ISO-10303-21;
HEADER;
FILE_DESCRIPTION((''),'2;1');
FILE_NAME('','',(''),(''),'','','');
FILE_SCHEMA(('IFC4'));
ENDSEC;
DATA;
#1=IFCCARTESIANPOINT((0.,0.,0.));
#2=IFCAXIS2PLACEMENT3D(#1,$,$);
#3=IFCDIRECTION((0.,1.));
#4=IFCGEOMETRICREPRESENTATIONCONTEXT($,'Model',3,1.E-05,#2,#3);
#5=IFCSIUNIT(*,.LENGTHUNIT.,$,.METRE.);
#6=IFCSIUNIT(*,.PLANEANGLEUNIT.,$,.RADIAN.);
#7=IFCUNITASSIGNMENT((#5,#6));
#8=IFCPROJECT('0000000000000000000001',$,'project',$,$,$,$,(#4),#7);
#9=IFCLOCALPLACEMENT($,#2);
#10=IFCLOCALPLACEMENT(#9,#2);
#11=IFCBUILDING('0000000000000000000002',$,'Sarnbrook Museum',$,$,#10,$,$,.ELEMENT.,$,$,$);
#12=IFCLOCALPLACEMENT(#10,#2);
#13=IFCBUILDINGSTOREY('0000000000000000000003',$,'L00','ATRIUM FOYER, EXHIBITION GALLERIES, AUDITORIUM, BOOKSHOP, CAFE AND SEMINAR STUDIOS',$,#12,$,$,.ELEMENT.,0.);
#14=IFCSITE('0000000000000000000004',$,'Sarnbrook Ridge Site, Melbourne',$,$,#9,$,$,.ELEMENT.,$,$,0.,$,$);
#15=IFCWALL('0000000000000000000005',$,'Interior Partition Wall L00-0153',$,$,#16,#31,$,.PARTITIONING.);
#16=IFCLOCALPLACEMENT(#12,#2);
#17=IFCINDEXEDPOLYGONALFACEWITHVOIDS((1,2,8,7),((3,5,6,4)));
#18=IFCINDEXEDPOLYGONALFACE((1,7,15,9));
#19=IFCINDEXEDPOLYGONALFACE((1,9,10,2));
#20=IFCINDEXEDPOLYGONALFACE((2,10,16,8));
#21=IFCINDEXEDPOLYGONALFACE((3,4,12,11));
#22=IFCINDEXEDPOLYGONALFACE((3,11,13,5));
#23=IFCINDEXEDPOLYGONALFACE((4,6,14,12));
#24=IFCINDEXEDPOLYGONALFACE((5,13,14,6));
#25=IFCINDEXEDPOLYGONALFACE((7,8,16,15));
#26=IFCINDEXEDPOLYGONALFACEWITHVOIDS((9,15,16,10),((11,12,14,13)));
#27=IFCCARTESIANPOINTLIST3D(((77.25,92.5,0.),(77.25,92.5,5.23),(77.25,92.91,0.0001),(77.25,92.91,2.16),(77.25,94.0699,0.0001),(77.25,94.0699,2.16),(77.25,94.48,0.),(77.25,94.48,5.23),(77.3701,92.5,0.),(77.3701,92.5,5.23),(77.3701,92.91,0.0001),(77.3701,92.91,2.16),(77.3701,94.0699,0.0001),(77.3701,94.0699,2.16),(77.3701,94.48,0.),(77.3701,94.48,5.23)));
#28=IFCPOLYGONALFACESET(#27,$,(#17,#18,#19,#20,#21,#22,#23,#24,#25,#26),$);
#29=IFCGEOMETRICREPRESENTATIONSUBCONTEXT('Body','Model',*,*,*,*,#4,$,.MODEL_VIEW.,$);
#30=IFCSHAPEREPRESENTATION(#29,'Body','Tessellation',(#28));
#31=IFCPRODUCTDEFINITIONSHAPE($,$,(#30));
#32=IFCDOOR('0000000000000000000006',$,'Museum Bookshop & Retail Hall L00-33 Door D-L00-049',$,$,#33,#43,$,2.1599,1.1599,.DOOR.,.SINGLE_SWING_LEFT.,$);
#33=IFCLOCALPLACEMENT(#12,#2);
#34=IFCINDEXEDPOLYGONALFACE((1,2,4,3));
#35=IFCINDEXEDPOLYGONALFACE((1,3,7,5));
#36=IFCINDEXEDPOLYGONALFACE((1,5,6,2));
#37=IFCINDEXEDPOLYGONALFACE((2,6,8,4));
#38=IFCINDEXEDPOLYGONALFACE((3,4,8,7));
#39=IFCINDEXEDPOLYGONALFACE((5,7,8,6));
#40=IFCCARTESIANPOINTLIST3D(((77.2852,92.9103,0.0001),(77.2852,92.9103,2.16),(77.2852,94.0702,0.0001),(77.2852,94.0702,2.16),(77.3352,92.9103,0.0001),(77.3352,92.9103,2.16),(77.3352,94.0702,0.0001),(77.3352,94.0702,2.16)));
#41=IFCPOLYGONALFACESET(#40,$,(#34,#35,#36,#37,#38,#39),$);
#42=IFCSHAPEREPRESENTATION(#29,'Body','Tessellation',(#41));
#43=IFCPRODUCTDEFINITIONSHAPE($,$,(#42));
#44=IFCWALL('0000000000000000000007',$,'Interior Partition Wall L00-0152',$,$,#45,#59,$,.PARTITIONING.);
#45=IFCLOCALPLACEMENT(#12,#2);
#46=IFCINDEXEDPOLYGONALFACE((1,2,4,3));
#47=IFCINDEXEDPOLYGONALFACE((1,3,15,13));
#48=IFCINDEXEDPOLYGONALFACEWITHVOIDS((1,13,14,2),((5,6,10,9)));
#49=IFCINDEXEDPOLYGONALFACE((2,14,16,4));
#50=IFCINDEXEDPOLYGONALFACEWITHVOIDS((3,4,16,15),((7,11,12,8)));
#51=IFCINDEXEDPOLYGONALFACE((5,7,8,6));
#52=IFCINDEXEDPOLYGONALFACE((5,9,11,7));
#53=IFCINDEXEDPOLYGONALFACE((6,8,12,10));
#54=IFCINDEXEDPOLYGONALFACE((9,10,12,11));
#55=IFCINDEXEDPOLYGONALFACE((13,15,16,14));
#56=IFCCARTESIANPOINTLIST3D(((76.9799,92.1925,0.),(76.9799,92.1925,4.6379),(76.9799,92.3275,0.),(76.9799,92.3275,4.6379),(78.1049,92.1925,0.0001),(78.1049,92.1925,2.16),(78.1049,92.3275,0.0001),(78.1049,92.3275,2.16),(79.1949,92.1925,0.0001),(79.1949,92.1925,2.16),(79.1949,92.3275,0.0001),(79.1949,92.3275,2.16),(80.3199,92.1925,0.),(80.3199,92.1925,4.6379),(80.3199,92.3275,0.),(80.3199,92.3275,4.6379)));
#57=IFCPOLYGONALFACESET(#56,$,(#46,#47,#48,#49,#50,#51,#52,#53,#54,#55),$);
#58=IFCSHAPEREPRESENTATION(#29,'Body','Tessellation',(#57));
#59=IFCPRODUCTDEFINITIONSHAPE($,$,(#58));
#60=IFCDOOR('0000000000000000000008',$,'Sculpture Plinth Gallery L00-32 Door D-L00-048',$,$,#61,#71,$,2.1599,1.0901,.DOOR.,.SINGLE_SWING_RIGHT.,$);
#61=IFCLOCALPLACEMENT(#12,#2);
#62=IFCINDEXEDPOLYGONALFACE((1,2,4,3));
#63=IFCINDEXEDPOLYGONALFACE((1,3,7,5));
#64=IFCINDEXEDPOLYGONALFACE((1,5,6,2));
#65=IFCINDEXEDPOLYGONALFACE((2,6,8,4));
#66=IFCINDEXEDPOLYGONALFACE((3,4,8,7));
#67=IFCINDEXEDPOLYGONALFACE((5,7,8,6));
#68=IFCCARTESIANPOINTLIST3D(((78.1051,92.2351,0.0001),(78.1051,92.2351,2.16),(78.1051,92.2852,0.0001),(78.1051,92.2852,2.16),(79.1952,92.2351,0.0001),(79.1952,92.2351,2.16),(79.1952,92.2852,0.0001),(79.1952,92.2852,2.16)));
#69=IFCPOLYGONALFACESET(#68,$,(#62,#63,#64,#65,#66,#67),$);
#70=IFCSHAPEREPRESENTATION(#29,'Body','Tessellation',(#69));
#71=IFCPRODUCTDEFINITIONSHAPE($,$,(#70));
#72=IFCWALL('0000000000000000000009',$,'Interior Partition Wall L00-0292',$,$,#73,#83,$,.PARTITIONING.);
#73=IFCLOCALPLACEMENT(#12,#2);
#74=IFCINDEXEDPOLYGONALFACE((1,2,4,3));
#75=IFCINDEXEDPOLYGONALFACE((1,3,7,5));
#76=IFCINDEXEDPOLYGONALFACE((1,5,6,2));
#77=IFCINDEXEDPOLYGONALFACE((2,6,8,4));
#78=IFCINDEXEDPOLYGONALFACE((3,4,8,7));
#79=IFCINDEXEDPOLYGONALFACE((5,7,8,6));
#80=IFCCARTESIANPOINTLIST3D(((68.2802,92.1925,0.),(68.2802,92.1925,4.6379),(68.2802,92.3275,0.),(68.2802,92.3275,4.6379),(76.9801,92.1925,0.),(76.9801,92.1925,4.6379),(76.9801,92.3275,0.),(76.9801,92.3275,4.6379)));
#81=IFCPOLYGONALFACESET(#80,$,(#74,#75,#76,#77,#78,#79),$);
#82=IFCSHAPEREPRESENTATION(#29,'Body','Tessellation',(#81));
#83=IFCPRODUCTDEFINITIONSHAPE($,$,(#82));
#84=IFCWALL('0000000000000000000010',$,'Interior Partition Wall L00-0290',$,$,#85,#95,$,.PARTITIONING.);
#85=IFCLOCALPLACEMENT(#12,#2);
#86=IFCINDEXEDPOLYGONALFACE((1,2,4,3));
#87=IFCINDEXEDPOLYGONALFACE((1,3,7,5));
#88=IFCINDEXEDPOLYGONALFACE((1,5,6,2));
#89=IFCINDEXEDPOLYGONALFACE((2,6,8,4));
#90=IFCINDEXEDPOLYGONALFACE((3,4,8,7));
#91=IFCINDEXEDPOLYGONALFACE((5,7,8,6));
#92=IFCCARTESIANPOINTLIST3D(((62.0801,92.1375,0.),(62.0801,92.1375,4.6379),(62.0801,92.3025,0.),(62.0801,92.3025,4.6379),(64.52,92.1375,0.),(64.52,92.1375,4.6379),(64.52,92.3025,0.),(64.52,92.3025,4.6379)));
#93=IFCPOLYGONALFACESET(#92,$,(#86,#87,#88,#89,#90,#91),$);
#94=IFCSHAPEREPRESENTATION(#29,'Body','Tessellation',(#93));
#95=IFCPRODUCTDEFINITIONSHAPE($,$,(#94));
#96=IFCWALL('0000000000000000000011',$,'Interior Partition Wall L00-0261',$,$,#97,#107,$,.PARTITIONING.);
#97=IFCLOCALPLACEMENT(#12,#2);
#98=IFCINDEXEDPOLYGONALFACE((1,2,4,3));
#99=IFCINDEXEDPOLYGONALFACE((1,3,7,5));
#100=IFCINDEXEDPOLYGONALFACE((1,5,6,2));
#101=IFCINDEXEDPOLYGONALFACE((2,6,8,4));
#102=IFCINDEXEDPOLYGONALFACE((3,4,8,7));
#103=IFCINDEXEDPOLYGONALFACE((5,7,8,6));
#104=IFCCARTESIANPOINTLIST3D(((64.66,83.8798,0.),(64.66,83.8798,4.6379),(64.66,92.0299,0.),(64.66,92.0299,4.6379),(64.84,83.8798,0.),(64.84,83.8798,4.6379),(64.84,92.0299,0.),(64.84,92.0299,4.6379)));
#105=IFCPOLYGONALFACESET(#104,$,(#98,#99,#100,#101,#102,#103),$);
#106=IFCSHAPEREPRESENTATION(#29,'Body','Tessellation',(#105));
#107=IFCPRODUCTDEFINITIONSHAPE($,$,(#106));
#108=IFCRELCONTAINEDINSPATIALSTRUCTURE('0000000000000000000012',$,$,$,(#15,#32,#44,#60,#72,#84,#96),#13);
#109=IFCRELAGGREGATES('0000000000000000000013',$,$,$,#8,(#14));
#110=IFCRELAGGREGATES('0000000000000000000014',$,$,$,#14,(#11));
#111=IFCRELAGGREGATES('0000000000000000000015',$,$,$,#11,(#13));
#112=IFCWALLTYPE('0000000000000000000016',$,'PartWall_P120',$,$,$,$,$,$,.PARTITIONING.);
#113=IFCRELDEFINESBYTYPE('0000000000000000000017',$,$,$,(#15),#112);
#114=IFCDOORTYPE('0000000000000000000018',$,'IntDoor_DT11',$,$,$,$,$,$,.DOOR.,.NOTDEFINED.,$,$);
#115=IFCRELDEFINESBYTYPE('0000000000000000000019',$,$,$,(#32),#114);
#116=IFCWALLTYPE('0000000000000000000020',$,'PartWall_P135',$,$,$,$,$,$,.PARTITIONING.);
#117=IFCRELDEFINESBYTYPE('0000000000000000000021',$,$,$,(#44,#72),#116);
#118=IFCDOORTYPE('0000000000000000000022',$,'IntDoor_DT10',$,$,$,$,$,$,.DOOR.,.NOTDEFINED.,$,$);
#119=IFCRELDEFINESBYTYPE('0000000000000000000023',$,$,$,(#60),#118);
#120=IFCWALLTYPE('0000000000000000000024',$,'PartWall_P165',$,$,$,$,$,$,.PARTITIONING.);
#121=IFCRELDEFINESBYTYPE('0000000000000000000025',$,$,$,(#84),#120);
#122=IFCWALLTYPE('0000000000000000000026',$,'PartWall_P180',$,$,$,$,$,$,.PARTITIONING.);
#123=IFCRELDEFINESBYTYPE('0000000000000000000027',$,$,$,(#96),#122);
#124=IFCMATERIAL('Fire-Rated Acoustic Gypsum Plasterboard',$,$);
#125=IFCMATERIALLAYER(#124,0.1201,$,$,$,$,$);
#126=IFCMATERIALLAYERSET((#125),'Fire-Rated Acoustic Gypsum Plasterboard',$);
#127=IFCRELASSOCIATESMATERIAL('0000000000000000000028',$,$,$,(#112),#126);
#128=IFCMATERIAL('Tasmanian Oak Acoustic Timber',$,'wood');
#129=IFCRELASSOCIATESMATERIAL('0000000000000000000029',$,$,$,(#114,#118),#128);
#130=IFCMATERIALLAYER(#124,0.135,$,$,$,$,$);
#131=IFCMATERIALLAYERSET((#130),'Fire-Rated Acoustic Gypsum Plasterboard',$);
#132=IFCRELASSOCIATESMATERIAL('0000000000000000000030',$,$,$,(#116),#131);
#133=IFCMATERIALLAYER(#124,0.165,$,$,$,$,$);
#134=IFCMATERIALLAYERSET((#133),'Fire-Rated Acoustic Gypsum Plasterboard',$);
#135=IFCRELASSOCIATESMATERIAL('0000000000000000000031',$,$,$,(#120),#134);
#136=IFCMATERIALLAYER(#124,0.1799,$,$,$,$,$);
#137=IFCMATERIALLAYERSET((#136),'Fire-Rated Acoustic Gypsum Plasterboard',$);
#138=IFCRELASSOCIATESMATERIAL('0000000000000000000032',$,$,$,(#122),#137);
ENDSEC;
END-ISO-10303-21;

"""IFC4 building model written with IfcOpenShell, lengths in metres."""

from ifc_helpers import new_model, si_unit, direction, frame, frame_2d, origin, place, context, subcontext, project, spatial, rectangle, extrude, material, layer, layer_set, type_object, element, fill, save


model = new_model("IFC4")

# Units and contexts
model_context = context("Model", 3, precision=1e-05, world=origin(), true_north=direction((0.0, 1.0)))
body_context = subcontext(model_context, "Body", "Model", "MODEL_VIEW")
ifc_project = project(units=[si_unit("LENGTHUNIT", "METRE"), si_unit("PLANEANGLEUNIT", "RADIAN")], contexts=[model_context])

# Site, building, storey
site_placement = place(None, origin())
site = spatial("IfcSite", under=ifc_project, at=site_placement, Name="Sarnbrook Ridge Site, Melbourne", CompositionType="ELEMENT", RefElevation=0.0)
building_placement = place(site_placement, origin())
building = spatial("IfcBuilding", under=site, at=building_placement, Name="Sarnbrook Museum", CompositionType="ELEMENT")
storey_placement = place(building_placement, origin())
storey = spatial("IfcBuildingStorey", under=building, at=storey_placement, Name="L00", Description="ATRIUM FOYER, EXHIBITION GALLERIES, AUDITORIUM, BOOKSHOP, CAFE AND SEMINAR STUDIOS", CompositionType="ELEMENT", Elevation=0.0)

# Walls, openings, doors
ifc_material_1 = material(Name="Fire-Rated Acoustic Gypsum Plasterboard")
ifc_layer_1 = layer(ifc_material_1, 0.1201)
ifc_layer_set_1 = layer_set([ifc_layer_1], Name="Fire-Rated Acoustic Gypsum Plasterboard")
wall_type_1 = type_object("IfcWallType", Name="PartWall_P120", PredefinedType="PARTITIONING", material=ifc_layer_set_1)
wall_1_placement = place(storey_placement, frame((77.3101, 94.48, 0.0), z_axis=(0.0, 0.0, 1.0), x_axis=(0.0, -1.0, 0.0)))
wall_1 = element("IfcWall", 1, at=wall_1_placement, inside=storey, type_object=wall_type_1, Name="Interior Partition Wall L00-0153", PredefinedType="PARTITIONING", context=body_context, shape_type="SweptSolid", body=[
    extrude(rectangle(XDim=1.98, YDim=0.1201, at=frame_2d((0.99, 0.0))), origin(), (0.0, 0.0, 1.0), 5.23),
])
opening_1_placement = place(wall_1_placement, frame((0.4099, 0.0, 0.0)))
opening_1 = element("IfcOpeningElement", 2, at=opening_1_placement, cuts=wall_1, PredefinedType="OPENING", context=body_context, shape_type="SweptSolid", body=[
    extrude(rectangle(XDim=1.1599, YDim=2.1599, at=frame_2d((0.5801, 1.0801))), frame((0.0, 0.0701, 0.0), z_axis=(0.0, -1.0, 0.0), x_axis=(1.0, 0.0, 0.0)), (0.0, 0.0, 1.0), 0.1401),
])
ifc_material_2 = material(Name="Tasmanian Oak Acoustic Timber", Category="wood")
door_type_1 = type_object("IfcDoorType", Name="IntDoor_DT11", OperationType="NOTDEFINED", PredefinedType="DOOR", material=ifc_material_2)
door_1_placement = place(opening_1_placement, frame((1.1599, 0.0, 0.0), z_axis=(0.0, 0.0, 1.0), x_axis=(-1.0, 0.0, 0.0)))
door_1 = element("IfcDoor", 3, at=door_1_placement, inside=storey, type_object=door_type_1, Name="Museum Bookshop & Retail Hall L00-33 Door D-L00-049", OperationType="SINGLE_SWING_LEFT", OverallHeight=2.1599, OverallWidth=1.1599, PredefinedType="DOOR", context=body_context, shape_type="SweptSolid", body=[
    extrude(rectangle(XDim=1.1599, YDim=2.1599, at=frame_2d((0.5801, 1.0801))), frame((0.0, 0.0249, 0.0), z_axis=(0.0, -1.0, 0.0), x_axis=(1.0, 0.0, 0.0)), (0.0, 0.0, 1.0), 0.05),
])
fill(opening_1, door_1)
ifc_layer_2 = layer(ifc_material_1, 0.135)
ifc_layer_set_2 = layer_set([ifc_layer_2], Name="Fire-Rated Acoustic Gypsum Plasterboard")
wall_type_2 = type_object("IfcWallType", Name="PartWall_P135", PredefinedType="PARTITIONING", material=ifc_layer_set_2)
wall_2_placement = place(storey_placement, frame((76.98, 92.26, 0.0), z_axis=(0.0, 0.0, 1.0), x_axis=(1.0, 0.0, 0.0)))
wall_2 = element("IfcWall", 4, at=wall_2_placement, inside=storey, type_object=wall_type_2, Name="Interior Partition Wall L00-0152", PredefinedType="PARTITIONING", context=body_context, shape_type="SweptSolid", body=[
    extrude(rectangle(XDim=3.3401, YDim=0.135, at=frame_2d((1.6699, 0.0))), origin(), (0.0, 0.0, 1.0), 4.6379),
])
opening_2_placement = place(wall_2_placement, frame((1.125, 0.0, 0.0)))
opening_2 = element("IfcOpeningElement", 5, at=opening_2_placement, cuts=wall_2, PredefinedType="OPENING", context=body_context, shape_type="SweptSolid", body=[
    extrude(rectangle(XDim=1.0901, YDim=2.1599, at=frame_2d((0.5449, 1.0801))), frame((0.0, 0.0776, 0.0), z_axis=(0.0, -1.0, 0.0), x_axis=(1.0, 0.0, 0.0)), (0.0, 0.0, 1.0), 0.155),
])
door_type_2 = type_object("IfcDoorType", Name="IntDoor_DT10", OperationType="NOTDEFINED", PredefinedType="DOOR", material=ifc_material_2)
door_2_placement = place(opening_2_placement, frame((1.0901, 0.0, 0.0), z_axis=(0.0, 0.0, 1.0), x_axis=(-1.0, 0.0, 0.0)))
door_2 = element("IfcDoor", 6, at=door_2_placement, inside=storey, type_object=door_type_2, Name="Sculpture Plinth Gallery L00-32 Door D-L00-048", OperationType="SINGLE_SWING_RIGHT", OverallHeight=2.1599, OverallWidth=1.0901, PredefinedType="DOOR", context=body_context, shape_type="SweptSolid", body=[
    extrude(rectangle(XDim=1.0901, YDim=2.1599, at=frame_2d((0.5449, 1.0801))), frame((0.0, 0.0249, 0.0), z_axis=(0.0, -1.0, 0.0), x_axis=(1.0, 0.0, 0.0)), (0.0, 0.0, 1.0), 0.05),
])
fill(opening_2, door_2)

# Walls
wall_3_placement = place(storey_placement, frame((68.28, 92.26, 0.0), z_axis=(0.0, 0.0, 1.0), x_axis=(1.0, 0.0, 0.0)))
element("IfcWall", 7, at=wall_3_placement, inside=storey, type_object=wall_type_2, Name="Interior Partition Wall L00-0292", PredefinedType="PARTITIONING", context=body_context, shape_type="SweptSolid", body=[
    extrude(rectangle(XDim=8.7, YDim=0.135, at=frame_2d((4.3501, 0.0))), origin(), (0.0, 0.0, 1.0), 4.6379),
])
ifc_layer_3 = layer(ifc_material_1, 0.165)
ifc_layer_set_3 = layer_set([ifc_layer_3], Name="Fire-Rated Acoustic Gypsum Plasterboard")
wall_type_3 = type_object("IfcWallType", Name="PartWall_P165", PredefinedType="PARTITIONING", material=ifc_layer_set_3)
wall_4_placement = place(storey_placement, frame((64.52, 92.22, 0.0), z_axis=(0.0, 0.0, 1.0), x_axis=(-1.0, 0.0, 0.0)))
element("IfcWall", 8, at=wall_4_placement, inside=storey, type_object=wall_type_3, Name="Interior Partition Wall L00-0290", PredefinedType="PARTITIONING", context=body_context, shape_type="SweptSolid", body=[
    extrude(rectangle(XDim=2.4399, YDim=0.165, at=frame_2d((1.22, 0.0))), origin(), (0.0, 0.0, 1.0), 4.6379),
])
ifc_layer_4 = layer(ifc_material_1, 0.1799)
ifc_layer_set_4 = layer_set([ifc_layer_4], Name="Fire-Rated Acoustic Gypsum Plasterboard")
wall_type_4 = type_object("IfcWallType", Name="PartWall_P180", PredefinedType="PARTITIONING", material=ifc_layer_set_4)
wall_5_placement = place(storey_placement, frame((64.75, 92.03, 0.0), z_axis=(0.0, 0.0, 1.0), x_axis=(0.0, -1.0, 0.0)))
element("IfcWall", 9, at=wall_5_placement, inside=storey, type_object=wall_type_4, Name="Interior Partition Wall L00-0261", PredefinedType="PARTITIONING", context=body_context, shape_type="SweptSolid", body=[
    extrude(rectangle(XDim=8.1501, YDim=0.1799, at=frame_2d((4.0752, 0.0))), origin(), (0.0, 0.0, 1.0), 4.6379),
])

save(model, "model.ifc")
